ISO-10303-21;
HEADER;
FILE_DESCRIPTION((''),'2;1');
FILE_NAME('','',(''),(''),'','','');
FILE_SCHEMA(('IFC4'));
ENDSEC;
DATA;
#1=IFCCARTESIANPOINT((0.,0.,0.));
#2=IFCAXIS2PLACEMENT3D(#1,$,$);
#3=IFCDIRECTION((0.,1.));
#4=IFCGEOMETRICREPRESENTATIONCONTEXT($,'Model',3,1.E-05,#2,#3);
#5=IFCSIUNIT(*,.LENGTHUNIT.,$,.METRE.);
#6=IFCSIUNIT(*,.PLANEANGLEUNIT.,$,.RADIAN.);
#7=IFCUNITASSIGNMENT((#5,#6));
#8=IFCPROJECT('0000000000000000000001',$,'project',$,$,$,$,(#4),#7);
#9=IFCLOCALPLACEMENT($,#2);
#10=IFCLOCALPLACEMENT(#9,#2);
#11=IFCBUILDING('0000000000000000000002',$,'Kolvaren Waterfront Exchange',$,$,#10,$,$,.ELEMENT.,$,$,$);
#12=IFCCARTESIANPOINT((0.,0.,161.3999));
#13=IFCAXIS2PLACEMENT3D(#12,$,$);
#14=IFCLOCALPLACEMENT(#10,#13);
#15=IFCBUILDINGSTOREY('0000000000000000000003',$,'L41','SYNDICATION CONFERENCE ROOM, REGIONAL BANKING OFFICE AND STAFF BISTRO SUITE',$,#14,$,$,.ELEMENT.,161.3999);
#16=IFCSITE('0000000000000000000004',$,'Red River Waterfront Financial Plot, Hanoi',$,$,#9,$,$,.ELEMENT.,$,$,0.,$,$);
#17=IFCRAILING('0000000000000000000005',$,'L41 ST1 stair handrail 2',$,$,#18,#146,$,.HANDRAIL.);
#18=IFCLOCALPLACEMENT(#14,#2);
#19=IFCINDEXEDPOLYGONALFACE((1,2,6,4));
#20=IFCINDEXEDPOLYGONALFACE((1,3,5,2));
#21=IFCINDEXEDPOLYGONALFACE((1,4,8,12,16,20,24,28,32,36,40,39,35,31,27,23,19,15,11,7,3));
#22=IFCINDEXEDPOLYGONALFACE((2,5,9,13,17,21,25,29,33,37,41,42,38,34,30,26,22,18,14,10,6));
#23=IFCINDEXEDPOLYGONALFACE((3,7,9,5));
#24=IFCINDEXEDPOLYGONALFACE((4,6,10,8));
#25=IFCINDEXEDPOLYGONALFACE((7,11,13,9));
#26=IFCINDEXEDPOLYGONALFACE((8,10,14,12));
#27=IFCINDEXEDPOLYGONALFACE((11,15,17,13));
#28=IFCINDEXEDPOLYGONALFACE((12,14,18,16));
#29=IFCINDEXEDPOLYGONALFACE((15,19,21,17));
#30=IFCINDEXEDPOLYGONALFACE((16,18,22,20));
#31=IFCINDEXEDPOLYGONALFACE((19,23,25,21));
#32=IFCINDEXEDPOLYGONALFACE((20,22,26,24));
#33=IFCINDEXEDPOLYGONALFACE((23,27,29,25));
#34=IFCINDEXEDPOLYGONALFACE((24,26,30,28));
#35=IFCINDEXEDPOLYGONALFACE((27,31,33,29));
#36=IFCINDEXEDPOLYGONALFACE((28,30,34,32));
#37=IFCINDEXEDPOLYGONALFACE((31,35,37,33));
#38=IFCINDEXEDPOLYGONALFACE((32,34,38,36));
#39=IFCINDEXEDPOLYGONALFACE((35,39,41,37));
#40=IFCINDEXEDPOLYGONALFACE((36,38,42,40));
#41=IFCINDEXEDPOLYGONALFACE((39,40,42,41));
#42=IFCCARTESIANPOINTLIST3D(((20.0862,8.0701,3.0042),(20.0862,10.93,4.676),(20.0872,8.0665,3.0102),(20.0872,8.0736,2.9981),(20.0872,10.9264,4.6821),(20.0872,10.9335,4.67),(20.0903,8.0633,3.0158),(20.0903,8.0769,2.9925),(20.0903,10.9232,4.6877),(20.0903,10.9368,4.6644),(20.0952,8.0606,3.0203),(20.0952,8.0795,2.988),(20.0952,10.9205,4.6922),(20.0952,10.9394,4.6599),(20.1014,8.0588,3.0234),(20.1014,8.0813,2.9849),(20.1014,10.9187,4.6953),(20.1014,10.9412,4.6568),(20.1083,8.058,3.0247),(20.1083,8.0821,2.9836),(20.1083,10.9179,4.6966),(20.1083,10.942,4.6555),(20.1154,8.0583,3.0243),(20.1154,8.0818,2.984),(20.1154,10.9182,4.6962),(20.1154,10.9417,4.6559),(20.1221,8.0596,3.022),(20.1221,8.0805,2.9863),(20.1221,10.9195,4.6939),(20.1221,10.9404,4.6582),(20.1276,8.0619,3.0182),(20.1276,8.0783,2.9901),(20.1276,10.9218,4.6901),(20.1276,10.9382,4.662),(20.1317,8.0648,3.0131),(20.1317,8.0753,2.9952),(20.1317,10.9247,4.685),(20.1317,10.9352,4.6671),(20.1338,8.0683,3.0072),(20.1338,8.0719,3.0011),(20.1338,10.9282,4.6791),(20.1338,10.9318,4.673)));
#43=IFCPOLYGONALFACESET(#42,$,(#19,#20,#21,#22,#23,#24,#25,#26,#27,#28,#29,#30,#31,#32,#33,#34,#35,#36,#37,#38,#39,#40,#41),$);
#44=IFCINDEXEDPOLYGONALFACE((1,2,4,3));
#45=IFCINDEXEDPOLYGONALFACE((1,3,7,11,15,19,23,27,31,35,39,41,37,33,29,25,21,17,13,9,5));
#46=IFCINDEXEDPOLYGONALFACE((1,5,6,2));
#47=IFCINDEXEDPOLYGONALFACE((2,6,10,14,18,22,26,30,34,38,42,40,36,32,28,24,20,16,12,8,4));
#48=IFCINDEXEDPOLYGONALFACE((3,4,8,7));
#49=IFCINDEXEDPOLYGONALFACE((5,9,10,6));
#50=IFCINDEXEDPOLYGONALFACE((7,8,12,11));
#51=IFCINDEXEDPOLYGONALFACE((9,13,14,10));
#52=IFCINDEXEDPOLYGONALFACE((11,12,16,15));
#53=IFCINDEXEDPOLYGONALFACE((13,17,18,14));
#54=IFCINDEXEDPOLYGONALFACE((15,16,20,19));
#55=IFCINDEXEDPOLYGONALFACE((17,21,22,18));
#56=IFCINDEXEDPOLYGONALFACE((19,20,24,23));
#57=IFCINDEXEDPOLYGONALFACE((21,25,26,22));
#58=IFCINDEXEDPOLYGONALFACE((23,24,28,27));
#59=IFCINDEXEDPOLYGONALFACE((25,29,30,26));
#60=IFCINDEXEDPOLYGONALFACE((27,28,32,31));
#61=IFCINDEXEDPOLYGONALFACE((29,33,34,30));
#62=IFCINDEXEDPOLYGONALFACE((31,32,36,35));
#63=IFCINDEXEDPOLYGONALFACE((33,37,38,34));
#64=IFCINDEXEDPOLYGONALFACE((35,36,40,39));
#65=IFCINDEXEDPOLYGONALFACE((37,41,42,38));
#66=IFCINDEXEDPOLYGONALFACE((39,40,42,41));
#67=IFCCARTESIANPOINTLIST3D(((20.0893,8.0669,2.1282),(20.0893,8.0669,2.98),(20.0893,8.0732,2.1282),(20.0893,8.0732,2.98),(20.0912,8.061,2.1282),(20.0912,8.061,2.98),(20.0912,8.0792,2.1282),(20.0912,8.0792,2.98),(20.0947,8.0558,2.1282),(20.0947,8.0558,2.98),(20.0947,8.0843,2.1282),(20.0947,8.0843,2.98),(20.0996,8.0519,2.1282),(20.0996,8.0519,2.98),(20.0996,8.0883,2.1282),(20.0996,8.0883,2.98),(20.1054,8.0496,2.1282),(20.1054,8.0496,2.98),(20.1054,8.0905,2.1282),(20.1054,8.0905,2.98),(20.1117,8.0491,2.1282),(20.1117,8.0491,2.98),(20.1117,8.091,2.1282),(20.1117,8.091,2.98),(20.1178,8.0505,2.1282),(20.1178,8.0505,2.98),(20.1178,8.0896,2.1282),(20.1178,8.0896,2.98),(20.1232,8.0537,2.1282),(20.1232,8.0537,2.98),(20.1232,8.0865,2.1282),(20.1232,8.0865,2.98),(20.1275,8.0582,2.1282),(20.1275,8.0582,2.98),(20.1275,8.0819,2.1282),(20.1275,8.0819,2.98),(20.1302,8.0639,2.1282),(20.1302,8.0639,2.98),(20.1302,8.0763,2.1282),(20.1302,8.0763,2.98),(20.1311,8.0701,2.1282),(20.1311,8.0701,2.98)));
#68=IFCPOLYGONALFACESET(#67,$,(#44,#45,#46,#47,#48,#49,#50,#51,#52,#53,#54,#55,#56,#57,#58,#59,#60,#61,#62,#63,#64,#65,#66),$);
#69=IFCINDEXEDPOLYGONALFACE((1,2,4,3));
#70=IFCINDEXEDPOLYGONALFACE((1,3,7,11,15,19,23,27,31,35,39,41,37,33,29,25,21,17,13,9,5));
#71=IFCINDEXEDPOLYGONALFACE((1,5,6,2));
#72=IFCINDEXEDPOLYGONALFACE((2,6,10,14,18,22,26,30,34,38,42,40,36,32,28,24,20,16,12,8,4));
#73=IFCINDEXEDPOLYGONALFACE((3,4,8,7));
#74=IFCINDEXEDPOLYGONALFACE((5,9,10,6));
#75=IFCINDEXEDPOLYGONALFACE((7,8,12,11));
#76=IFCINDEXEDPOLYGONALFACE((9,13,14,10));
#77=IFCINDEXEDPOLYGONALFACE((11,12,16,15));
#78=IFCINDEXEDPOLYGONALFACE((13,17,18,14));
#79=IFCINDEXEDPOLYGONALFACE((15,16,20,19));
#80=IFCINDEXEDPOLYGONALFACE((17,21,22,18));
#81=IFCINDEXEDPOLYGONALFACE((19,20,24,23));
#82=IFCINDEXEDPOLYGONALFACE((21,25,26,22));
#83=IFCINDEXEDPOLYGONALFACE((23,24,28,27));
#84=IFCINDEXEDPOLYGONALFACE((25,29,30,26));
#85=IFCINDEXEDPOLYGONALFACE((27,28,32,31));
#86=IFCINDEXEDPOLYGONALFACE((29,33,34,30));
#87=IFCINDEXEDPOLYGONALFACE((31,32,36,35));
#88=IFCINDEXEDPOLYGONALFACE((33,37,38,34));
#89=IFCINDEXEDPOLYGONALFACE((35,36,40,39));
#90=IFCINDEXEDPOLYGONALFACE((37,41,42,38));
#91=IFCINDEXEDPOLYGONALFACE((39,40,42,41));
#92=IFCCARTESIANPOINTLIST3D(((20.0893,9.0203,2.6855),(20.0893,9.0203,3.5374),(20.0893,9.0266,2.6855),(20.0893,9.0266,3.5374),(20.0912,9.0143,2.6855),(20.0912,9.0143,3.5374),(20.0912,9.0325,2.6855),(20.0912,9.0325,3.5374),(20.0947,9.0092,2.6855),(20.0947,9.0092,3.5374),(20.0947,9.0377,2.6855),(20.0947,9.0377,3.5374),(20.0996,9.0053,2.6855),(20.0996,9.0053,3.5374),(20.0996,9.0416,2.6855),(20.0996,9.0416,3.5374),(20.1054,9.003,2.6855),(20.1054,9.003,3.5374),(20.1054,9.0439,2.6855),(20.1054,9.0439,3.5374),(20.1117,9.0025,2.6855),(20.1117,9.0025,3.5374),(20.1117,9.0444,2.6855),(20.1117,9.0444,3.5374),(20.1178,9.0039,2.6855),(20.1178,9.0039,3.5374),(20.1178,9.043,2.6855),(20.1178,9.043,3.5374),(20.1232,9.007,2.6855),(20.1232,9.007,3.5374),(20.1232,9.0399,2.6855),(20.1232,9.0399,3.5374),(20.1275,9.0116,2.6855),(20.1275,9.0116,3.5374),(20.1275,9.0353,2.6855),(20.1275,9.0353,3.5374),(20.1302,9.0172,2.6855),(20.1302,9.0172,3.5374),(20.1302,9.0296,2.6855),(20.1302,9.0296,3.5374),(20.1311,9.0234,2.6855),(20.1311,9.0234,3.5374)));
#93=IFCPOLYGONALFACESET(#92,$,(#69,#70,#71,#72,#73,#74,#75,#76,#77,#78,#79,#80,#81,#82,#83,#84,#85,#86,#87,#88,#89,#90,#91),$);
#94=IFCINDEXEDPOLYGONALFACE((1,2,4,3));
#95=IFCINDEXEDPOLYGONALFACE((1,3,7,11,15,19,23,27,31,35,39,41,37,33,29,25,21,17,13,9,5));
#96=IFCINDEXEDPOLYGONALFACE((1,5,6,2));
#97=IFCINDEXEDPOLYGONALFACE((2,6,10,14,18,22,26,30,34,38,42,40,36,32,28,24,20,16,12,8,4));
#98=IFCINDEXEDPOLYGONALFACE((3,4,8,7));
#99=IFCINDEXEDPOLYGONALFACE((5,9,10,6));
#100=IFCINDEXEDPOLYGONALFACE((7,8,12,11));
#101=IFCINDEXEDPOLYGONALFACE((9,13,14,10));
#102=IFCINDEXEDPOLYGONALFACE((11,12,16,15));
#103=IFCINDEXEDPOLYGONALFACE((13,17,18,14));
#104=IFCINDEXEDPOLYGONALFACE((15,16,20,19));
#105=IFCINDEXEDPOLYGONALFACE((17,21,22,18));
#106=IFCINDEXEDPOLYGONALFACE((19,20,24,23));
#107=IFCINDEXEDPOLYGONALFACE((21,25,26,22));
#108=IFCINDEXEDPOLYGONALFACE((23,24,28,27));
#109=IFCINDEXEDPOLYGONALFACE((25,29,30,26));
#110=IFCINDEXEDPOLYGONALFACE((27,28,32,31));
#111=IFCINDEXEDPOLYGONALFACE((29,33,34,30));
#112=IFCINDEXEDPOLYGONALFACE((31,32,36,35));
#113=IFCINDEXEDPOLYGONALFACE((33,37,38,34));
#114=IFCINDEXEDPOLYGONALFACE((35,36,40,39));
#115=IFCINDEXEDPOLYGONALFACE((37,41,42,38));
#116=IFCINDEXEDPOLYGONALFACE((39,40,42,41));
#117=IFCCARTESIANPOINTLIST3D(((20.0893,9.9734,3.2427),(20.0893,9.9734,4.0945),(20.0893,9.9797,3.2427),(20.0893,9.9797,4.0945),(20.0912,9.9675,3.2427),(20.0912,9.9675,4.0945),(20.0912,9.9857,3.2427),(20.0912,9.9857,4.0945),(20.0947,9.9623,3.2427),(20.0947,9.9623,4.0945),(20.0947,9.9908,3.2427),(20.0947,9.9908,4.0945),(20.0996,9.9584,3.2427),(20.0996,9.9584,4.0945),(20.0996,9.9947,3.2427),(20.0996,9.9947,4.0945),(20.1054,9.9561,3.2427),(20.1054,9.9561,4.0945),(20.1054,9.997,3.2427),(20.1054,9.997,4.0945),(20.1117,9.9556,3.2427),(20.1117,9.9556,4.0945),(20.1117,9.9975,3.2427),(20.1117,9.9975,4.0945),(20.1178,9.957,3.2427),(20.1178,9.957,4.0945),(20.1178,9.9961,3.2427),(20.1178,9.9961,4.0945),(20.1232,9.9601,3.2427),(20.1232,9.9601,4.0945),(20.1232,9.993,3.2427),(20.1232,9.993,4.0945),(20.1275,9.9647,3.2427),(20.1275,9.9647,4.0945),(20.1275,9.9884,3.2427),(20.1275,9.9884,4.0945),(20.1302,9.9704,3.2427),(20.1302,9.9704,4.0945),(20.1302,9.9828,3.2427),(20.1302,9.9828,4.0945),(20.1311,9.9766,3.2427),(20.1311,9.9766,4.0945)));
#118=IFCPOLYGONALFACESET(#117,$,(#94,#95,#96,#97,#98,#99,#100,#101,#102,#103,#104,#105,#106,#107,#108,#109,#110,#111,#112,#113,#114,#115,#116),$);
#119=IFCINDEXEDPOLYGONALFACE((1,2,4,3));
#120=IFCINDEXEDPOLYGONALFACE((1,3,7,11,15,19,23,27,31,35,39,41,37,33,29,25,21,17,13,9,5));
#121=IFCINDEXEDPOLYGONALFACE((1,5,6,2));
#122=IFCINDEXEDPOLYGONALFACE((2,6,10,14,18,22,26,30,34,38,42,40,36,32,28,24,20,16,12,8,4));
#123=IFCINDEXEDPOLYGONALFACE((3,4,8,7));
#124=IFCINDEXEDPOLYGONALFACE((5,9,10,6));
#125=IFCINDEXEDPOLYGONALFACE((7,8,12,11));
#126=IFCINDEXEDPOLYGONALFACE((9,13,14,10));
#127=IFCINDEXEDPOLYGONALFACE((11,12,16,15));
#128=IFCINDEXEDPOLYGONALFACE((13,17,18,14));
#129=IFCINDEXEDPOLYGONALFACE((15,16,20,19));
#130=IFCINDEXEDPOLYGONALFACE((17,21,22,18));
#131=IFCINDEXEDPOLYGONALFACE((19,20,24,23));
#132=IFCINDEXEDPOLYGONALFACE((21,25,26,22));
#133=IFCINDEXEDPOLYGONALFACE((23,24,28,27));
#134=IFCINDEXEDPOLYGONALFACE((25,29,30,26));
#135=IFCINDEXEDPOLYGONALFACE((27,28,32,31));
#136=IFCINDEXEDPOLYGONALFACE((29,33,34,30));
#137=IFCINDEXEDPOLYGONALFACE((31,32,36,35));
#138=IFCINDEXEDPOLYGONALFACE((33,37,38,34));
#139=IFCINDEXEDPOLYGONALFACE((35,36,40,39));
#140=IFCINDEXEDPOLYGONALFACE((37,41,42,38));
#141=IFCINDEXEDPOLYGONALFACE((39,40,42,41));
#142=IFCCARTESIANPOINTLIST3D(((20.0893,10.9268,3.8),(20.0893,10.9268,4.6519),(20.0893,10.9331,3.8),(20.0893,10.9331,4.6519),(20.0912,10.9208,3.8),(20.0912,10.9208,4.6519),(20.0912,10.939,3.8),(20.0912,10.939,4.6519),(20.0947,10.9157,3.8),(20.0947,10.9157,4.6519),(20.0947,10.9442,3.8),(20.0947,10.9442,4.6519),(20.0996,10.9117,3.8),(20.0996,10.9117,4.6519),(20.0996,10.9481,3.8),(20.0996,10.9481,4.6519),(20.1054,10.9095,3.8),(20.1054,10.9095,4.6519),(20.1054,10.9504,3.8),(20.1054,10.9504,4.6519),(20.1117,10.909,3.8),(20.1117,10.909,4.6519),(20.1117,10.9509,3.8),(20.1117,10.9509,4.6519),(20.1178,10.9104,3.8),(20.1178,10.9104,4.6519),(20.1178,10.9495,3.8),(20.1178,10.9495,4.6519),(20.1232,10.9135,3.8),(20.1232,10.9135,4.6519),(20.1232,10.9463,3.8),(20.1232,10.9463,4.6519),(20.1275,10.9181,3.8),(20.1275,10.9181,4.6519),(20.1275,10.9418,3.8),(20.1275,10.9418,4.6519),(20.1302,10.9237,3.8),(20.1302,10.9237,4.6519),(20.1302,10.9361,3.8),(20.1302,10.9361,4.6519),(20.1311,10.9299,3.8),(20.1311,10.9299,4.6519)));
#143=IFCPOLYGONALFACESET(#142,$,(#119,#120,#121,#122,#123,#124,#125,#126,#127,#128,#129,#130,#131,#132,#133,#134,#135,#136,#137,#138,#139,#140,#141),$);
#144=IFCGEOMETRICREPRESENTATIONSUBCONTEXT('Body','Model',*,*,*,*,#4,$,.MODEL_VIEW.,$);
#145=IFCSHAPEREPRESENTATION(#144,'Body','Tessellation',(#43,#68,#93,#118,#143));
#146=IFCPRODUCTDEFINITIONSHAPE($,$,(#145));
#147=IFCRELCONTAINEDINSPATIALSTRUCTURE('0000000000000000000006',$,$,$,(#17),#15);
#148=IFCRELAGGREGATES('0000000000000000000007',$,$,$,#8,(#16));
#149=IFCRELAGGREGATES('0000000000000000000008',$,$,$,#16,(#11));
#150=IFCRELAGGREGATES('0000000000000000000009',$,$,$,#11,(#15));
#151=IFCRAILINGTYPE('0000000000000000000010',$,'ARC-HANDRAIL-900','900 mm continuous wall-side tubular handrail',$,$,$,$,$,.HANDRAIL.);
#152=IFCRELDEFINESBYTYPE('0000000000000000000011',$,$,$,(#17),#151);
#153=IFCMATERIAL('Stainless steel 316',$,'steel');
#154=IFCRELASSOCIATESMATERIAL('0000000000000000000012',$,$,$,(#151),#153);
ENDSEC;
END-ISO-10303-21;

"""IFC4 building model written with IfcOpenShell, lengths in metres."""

from ifc_helpers import new_model, si_unit, direction, frame, origin, origin_2d, place, context, subcontext, project, spatial, circle, extrude, material, type_object, element, save


model = new_model("IFC4")

# Units and contexts
model_context = context("Model", 3, precision=1e-05, world=origin(), true_north=direction((0.0, 1.0)))
body_context = subcontext(model_context, "Body", "Model", "MODEL_VIEW")
ifc_project = project(units=[si_unit("LENGTHUNIT", "METRE"), si_unit("PLANEANGLEUNIT", "RADIAN")], contexts=[model_context])

# Site, building, storey
site_placement = place(None, origin())
site = spatial("IfcSite", under=ifc_project, at=site_placement, Name="Red River Waterfront Financial Plot, Hanoi", CompositionType="ELEMENT", RefElevation=0.0)
building_placement = place(site_placement, origin())
building = spatial("IfcBuilding", under=site, at=building_placement, Name="Kolvaren Waterfront Exchange", CompositionType="ELEMENT")
storey_placement = place(building_placement, frame((0.0, 0.0, 161.3999)))
storey = spatial("IfcBuildingStorey", under=building, at=storey_placement, Name="L41", Description="SYNDICATION CONFERENCE ROOM, REGIONAL BANKING OFFICE AND STAFF BISTRO SUITE", CompositionType="ELEMENT", Elevation=161.3999)

# Railing
ifc_material_1 = material(Name="Stainless steel 316", Category="steel")
railing_type_1 = type_object("IfcRailingType", Name="ARC-HANDRAIL-900", Description="900 mm continuous wall-side tubular handrail", PredefinedType="HANDRAIL", material=ifc_material_1)
railing_1_placement = place(storey_placement, frame((20.1101, 8.0701, 2.1282)))
element("IfcRailing", 1, at=railing_1_placement, inside=storey, type_object=railing_type_1, Name="L41 ST1 stair handrail 2", PredefinedType="HANDRAIL", context=body_context, shape_type="SweptSolid", body=[
    extrude(circle(Radius=0.0239, at=origin_2d()), frame((0.0, 0.0, 0.876), z_axis=(0.0, 0.863303, 0.504686), x_axis=(-1.0, 0.0, 0.0)), (0.0, 0.0, 1.0), 3.3127),
    extrude(circle(Radius=0.021, at=origin_2d()), origin(), (0.0, 0.0, 1.0), 0.8518),
    extrude(circle(Radius=0.021, at=origin_2d()), frame((0.0, 0.9534, 0.5574)), (0.0, 0.0, 1.0), 0.8518),
    extrude(circle(Radius=0.021, at=origin_2d()), frame((0.0, 1.9065, 1.1145)), (0.0, 0.0, 1.0), 0.8518),
    extrude(circle(Radius=0.021, at=origin_2d()), frame((0.0, 2.8599, 1.6719)), (0.0, 0.0, 1.0), 0.8518),
])

save(model, "model.ifc")
